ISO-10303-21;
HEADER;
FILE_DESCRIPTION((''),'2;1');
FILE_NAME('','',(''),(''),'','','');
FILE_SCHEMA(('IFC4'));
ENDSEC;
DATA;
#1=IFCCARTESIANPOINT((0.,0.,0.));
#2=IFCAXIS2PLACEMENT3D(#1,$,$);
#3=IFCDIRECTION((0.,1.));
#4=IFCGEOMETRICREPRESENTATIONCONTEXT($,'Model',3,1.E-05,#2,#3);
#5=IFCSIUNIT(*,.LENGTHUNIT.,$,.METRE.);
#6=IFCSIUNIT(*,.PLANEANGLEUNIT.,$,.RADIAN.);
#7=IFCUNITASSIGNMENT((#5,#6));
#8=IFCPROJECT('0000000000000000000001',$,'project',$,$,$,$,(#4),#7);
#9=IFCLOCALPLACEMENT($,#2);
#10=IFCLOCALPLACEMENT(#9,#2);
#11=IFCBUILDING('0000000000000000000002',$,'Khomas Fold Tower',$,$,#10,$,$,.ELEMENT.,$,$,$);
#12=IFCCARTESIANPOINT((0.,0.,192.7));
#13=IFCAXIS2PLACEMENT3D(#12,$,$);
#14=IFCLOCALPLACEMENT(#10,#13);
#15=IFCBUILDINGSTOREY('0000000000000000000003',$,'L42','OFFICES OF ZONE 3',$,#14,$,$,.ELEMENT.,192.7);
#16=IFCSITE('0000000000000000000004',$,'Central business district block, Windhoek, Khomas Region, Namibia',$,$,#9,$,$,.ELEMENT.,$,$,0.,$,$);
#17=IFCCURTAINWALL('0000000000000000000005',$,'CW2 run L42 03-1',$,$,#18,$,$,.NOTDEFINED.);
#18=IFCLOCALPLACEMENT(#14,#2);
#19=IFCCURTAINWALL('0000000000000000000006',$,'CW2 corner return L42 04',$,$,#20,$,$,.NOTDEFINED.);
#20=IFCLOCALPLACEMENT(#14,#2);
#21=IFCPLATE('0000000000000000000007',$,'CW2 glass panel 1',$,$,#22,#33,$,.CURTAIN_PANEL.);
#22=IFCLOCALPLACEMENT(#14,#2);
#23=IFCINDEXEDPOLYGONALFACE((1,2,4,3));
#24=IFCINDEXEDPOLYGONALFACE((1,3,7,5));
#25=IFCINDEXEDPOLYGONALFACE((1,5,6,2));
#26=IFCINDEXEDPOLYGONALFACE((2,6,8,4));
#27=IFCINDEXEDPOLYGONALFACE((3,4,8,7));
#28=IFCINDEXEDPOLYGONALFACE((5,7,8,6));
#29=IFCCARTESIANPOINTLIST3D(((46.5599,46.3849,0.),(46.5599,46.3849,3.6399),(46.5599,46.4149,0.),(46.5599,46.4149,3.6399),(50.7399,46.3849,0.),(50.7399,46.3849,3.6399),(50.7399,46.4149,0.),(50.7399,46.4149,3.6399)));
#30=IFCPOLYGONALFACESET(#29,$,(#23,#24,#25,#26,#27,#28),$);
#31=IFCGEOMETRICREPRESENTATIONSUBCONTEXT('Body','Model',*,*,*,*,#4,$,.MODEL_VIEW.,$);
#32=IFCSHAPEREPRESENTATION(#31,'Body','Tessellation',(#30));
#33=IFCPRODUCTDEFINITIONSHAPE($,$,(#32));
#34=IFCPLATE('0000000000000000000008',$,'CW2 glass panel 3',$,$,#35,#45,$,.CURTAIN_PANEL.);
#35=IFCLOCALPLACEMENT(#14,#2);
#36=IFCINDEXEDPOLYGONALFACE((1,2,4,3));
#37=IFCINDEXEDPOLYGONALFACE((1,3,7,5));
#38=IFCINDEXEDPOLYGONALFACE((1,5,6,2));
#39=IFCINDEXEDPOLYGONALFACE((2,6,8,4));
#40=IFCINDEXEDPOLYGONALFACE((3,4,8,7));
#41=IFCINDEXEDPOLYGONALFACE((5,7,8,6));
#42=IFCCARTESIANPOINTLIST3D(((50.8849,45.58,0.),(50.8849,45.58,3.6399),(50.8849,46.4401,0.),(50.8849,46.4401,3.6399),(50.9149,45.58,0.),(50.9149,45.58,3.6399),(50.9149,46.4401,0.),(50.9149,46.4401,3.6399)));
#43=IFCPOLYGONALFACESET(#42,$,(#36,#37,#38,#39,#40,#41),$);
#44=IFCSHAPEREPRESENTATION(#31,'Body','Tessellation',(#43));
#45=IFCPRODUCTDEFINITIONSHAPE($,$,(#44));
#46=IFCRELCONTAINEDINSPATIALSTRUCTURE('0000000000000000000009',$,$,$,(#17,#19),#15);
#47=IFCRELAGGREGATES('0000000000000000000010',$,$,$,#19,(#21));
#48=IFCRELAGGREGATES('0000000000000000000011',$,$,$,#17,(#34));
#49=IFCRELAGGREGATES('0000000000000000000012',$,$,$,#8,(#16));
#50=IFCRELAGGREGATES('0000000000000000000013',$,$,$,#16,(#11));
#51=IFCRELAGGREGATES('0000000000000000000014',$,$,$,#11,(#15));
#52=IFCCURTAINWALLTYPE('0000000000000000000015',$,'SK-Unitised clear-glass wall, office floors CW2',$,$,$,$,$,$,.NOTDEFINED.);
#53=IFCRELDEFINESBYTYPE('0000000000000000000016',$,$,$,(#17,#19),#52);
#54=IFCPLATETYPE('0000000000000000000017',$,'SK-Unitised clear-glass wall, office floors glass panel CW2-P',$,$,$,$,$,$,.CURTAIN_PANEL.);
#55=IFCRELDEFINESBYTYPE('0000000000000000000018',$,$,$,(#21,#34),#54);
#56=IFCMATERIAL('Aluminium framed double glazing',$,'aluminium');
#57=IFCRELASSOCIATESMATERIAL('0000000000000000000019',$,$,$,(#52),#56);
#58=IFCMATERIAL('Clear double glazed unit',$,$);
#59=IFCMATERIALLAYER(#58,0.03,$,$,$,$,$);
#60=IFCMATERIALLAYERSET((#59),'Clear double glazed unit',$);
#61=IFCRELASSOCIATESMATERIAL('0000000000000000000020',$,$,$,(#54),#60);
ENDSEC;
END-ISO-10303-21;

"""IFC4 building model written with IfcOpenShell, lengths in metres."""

from ifc_helpers import new_model, si_unit, direction, frame, origin, origin_2d, place, context, subcontext, project, spatial, rectangle, extrude, source, transform, mapped, material, layer, layer_set, type_object, element, aggregate, save


model = new_model("IFC4")

# Units and contexts
model_context = context("Model", 3, precision=1e-05, world=origin(), true_north=direction((0.0, 1.0)))
body_context = subcontext(model_context, "Body", "Model", "MODEL_VIEW")
ifc_project = project(units=[si_unit("LENGTHUNIT", "METRE"), si_unit("PLANEANGLEUNIT", "RADIAN")], contexts=[model_context])

# Site, building, storey
site_placement = place(None, origin())
site = spatial("IfcSite", under=ifc_project, at=site_placement, Name="Central business district block, Windhoek, Khomas Region, Namibia", CompositionType="ELEMENT", RefElevation=0.0)
building_placement = place(site_placement, origin())
building = spatial("IfcBuilding", under=site, at=building_placement, Name="Khomas Fold Tower", CompositionType="ELEMENT")
storey_placement = place(building_placement, frame((0.0, 0.0, 192.7)))
storey = spatial("IfcBuildingStorey", under=building, at=storey_placement, Name="L42", Description="OFFICES OF ZONE 3", CompositionType="ELEMENT", Elevation=192.7)

# Curtain walls
ifc_material_1 = material(Name="Aluminium framed double glazing", Category="aluminium")
curtain_wall_type = type_object("IfcCurtainWallType", Name="SK-Unitised clear-glass wall, office floors CW2", PredefinedType="NOTDEFINED", material=ifc_material_1)
curtain_wall_1_placement = place(storey_placement, origin())
curtain_wall_1 = element("IfcCurtainWall", 1, at=curtain_wall_1_placement, inside=storey, type_object=curtain_wall_type, Name="CW2 run L42 03-1", PredefinedType="NOTDEFINED")
curtain_wall_2_placement = place(storey_placement, origin())
curtain_wall_2 = element("IfcCurtainWall", 2, at=curtain_wall_2_placement, inside=storey, type_object=curtain_wall_type, Name="CW2 corner return L42 04", PredefinedType="NOTDEFINED")

# Plates
ifc_material_2 = material(Name="Clear double glazed unit")
ifc_layer = layer(ifc_material_2, 0.03)
ifc_layer_set = layer_set([ifc_layer], Name="Clear double glazed unit")
plate_type = type_object("IfcPlateType", Name="SK-Unitised clear-glass wall, office floors glass panel CW2-P", PredefinedType="CURTAIN_PANEL", material=ifc_layer_set)
shared_shape_1 = source(origin(), body_context, "Body", "SweptSolid", [
    extrude(rectangle(XDim=4.1799, YDim=0.03, at=origin_2d()), origin(), (0.0, 0.0, 1.0), 3.6399),
])
plate_1_placement = place(storey_placement, frame((48.6499, 46.3999, 0.0), z_axis=(0.0, 0.0, 1.0), x_axis=(-1.0, 0.0, 0.0)))
plate_1 = element("IfcPlate", 3, at=plate_1_placement, type_object=plate_type, Name="CW2 glass panel 1", PredefinedType="CURTAIN_PANEL", context=body_context, shape_type="MappedRepresentation", body=[
    mapped(shared_shape_1, transform((0.0, 0.0, 0.0))),
])
aggregate(curtain_wall_2, [plate_1])
shared_shape_2 = source(origin(), body_context, "Body", "SweptSolid", [
    extrude(rectangle(XDim=0.8601, YDim=0.03, at=origin_2d()), origin(), (0.0, 0.0, 1.0), 3.6399),
])
plate_2_placement = place(storey_placement, frame((50.8999, 46.01, 0.0), z_axis=(0.0, 0.0, 1.0), x_axis=(0.0, 1.0, 0.0)))
plate_2 = element("IfcPlate", 4, at=plate_2_placement, type_object=plate_type, Name="CW2 glass panel 3", PredefinedType="CURTAIN_PANEL", context=body_context, shape_type="MappedRepresentation", body=[
    mapped(shared_shape_2, transform((0.0, 0.0, 0.0))),
])
aggregate(curtain_wall_1, [plate_2])

save(model, "model.ifc")
